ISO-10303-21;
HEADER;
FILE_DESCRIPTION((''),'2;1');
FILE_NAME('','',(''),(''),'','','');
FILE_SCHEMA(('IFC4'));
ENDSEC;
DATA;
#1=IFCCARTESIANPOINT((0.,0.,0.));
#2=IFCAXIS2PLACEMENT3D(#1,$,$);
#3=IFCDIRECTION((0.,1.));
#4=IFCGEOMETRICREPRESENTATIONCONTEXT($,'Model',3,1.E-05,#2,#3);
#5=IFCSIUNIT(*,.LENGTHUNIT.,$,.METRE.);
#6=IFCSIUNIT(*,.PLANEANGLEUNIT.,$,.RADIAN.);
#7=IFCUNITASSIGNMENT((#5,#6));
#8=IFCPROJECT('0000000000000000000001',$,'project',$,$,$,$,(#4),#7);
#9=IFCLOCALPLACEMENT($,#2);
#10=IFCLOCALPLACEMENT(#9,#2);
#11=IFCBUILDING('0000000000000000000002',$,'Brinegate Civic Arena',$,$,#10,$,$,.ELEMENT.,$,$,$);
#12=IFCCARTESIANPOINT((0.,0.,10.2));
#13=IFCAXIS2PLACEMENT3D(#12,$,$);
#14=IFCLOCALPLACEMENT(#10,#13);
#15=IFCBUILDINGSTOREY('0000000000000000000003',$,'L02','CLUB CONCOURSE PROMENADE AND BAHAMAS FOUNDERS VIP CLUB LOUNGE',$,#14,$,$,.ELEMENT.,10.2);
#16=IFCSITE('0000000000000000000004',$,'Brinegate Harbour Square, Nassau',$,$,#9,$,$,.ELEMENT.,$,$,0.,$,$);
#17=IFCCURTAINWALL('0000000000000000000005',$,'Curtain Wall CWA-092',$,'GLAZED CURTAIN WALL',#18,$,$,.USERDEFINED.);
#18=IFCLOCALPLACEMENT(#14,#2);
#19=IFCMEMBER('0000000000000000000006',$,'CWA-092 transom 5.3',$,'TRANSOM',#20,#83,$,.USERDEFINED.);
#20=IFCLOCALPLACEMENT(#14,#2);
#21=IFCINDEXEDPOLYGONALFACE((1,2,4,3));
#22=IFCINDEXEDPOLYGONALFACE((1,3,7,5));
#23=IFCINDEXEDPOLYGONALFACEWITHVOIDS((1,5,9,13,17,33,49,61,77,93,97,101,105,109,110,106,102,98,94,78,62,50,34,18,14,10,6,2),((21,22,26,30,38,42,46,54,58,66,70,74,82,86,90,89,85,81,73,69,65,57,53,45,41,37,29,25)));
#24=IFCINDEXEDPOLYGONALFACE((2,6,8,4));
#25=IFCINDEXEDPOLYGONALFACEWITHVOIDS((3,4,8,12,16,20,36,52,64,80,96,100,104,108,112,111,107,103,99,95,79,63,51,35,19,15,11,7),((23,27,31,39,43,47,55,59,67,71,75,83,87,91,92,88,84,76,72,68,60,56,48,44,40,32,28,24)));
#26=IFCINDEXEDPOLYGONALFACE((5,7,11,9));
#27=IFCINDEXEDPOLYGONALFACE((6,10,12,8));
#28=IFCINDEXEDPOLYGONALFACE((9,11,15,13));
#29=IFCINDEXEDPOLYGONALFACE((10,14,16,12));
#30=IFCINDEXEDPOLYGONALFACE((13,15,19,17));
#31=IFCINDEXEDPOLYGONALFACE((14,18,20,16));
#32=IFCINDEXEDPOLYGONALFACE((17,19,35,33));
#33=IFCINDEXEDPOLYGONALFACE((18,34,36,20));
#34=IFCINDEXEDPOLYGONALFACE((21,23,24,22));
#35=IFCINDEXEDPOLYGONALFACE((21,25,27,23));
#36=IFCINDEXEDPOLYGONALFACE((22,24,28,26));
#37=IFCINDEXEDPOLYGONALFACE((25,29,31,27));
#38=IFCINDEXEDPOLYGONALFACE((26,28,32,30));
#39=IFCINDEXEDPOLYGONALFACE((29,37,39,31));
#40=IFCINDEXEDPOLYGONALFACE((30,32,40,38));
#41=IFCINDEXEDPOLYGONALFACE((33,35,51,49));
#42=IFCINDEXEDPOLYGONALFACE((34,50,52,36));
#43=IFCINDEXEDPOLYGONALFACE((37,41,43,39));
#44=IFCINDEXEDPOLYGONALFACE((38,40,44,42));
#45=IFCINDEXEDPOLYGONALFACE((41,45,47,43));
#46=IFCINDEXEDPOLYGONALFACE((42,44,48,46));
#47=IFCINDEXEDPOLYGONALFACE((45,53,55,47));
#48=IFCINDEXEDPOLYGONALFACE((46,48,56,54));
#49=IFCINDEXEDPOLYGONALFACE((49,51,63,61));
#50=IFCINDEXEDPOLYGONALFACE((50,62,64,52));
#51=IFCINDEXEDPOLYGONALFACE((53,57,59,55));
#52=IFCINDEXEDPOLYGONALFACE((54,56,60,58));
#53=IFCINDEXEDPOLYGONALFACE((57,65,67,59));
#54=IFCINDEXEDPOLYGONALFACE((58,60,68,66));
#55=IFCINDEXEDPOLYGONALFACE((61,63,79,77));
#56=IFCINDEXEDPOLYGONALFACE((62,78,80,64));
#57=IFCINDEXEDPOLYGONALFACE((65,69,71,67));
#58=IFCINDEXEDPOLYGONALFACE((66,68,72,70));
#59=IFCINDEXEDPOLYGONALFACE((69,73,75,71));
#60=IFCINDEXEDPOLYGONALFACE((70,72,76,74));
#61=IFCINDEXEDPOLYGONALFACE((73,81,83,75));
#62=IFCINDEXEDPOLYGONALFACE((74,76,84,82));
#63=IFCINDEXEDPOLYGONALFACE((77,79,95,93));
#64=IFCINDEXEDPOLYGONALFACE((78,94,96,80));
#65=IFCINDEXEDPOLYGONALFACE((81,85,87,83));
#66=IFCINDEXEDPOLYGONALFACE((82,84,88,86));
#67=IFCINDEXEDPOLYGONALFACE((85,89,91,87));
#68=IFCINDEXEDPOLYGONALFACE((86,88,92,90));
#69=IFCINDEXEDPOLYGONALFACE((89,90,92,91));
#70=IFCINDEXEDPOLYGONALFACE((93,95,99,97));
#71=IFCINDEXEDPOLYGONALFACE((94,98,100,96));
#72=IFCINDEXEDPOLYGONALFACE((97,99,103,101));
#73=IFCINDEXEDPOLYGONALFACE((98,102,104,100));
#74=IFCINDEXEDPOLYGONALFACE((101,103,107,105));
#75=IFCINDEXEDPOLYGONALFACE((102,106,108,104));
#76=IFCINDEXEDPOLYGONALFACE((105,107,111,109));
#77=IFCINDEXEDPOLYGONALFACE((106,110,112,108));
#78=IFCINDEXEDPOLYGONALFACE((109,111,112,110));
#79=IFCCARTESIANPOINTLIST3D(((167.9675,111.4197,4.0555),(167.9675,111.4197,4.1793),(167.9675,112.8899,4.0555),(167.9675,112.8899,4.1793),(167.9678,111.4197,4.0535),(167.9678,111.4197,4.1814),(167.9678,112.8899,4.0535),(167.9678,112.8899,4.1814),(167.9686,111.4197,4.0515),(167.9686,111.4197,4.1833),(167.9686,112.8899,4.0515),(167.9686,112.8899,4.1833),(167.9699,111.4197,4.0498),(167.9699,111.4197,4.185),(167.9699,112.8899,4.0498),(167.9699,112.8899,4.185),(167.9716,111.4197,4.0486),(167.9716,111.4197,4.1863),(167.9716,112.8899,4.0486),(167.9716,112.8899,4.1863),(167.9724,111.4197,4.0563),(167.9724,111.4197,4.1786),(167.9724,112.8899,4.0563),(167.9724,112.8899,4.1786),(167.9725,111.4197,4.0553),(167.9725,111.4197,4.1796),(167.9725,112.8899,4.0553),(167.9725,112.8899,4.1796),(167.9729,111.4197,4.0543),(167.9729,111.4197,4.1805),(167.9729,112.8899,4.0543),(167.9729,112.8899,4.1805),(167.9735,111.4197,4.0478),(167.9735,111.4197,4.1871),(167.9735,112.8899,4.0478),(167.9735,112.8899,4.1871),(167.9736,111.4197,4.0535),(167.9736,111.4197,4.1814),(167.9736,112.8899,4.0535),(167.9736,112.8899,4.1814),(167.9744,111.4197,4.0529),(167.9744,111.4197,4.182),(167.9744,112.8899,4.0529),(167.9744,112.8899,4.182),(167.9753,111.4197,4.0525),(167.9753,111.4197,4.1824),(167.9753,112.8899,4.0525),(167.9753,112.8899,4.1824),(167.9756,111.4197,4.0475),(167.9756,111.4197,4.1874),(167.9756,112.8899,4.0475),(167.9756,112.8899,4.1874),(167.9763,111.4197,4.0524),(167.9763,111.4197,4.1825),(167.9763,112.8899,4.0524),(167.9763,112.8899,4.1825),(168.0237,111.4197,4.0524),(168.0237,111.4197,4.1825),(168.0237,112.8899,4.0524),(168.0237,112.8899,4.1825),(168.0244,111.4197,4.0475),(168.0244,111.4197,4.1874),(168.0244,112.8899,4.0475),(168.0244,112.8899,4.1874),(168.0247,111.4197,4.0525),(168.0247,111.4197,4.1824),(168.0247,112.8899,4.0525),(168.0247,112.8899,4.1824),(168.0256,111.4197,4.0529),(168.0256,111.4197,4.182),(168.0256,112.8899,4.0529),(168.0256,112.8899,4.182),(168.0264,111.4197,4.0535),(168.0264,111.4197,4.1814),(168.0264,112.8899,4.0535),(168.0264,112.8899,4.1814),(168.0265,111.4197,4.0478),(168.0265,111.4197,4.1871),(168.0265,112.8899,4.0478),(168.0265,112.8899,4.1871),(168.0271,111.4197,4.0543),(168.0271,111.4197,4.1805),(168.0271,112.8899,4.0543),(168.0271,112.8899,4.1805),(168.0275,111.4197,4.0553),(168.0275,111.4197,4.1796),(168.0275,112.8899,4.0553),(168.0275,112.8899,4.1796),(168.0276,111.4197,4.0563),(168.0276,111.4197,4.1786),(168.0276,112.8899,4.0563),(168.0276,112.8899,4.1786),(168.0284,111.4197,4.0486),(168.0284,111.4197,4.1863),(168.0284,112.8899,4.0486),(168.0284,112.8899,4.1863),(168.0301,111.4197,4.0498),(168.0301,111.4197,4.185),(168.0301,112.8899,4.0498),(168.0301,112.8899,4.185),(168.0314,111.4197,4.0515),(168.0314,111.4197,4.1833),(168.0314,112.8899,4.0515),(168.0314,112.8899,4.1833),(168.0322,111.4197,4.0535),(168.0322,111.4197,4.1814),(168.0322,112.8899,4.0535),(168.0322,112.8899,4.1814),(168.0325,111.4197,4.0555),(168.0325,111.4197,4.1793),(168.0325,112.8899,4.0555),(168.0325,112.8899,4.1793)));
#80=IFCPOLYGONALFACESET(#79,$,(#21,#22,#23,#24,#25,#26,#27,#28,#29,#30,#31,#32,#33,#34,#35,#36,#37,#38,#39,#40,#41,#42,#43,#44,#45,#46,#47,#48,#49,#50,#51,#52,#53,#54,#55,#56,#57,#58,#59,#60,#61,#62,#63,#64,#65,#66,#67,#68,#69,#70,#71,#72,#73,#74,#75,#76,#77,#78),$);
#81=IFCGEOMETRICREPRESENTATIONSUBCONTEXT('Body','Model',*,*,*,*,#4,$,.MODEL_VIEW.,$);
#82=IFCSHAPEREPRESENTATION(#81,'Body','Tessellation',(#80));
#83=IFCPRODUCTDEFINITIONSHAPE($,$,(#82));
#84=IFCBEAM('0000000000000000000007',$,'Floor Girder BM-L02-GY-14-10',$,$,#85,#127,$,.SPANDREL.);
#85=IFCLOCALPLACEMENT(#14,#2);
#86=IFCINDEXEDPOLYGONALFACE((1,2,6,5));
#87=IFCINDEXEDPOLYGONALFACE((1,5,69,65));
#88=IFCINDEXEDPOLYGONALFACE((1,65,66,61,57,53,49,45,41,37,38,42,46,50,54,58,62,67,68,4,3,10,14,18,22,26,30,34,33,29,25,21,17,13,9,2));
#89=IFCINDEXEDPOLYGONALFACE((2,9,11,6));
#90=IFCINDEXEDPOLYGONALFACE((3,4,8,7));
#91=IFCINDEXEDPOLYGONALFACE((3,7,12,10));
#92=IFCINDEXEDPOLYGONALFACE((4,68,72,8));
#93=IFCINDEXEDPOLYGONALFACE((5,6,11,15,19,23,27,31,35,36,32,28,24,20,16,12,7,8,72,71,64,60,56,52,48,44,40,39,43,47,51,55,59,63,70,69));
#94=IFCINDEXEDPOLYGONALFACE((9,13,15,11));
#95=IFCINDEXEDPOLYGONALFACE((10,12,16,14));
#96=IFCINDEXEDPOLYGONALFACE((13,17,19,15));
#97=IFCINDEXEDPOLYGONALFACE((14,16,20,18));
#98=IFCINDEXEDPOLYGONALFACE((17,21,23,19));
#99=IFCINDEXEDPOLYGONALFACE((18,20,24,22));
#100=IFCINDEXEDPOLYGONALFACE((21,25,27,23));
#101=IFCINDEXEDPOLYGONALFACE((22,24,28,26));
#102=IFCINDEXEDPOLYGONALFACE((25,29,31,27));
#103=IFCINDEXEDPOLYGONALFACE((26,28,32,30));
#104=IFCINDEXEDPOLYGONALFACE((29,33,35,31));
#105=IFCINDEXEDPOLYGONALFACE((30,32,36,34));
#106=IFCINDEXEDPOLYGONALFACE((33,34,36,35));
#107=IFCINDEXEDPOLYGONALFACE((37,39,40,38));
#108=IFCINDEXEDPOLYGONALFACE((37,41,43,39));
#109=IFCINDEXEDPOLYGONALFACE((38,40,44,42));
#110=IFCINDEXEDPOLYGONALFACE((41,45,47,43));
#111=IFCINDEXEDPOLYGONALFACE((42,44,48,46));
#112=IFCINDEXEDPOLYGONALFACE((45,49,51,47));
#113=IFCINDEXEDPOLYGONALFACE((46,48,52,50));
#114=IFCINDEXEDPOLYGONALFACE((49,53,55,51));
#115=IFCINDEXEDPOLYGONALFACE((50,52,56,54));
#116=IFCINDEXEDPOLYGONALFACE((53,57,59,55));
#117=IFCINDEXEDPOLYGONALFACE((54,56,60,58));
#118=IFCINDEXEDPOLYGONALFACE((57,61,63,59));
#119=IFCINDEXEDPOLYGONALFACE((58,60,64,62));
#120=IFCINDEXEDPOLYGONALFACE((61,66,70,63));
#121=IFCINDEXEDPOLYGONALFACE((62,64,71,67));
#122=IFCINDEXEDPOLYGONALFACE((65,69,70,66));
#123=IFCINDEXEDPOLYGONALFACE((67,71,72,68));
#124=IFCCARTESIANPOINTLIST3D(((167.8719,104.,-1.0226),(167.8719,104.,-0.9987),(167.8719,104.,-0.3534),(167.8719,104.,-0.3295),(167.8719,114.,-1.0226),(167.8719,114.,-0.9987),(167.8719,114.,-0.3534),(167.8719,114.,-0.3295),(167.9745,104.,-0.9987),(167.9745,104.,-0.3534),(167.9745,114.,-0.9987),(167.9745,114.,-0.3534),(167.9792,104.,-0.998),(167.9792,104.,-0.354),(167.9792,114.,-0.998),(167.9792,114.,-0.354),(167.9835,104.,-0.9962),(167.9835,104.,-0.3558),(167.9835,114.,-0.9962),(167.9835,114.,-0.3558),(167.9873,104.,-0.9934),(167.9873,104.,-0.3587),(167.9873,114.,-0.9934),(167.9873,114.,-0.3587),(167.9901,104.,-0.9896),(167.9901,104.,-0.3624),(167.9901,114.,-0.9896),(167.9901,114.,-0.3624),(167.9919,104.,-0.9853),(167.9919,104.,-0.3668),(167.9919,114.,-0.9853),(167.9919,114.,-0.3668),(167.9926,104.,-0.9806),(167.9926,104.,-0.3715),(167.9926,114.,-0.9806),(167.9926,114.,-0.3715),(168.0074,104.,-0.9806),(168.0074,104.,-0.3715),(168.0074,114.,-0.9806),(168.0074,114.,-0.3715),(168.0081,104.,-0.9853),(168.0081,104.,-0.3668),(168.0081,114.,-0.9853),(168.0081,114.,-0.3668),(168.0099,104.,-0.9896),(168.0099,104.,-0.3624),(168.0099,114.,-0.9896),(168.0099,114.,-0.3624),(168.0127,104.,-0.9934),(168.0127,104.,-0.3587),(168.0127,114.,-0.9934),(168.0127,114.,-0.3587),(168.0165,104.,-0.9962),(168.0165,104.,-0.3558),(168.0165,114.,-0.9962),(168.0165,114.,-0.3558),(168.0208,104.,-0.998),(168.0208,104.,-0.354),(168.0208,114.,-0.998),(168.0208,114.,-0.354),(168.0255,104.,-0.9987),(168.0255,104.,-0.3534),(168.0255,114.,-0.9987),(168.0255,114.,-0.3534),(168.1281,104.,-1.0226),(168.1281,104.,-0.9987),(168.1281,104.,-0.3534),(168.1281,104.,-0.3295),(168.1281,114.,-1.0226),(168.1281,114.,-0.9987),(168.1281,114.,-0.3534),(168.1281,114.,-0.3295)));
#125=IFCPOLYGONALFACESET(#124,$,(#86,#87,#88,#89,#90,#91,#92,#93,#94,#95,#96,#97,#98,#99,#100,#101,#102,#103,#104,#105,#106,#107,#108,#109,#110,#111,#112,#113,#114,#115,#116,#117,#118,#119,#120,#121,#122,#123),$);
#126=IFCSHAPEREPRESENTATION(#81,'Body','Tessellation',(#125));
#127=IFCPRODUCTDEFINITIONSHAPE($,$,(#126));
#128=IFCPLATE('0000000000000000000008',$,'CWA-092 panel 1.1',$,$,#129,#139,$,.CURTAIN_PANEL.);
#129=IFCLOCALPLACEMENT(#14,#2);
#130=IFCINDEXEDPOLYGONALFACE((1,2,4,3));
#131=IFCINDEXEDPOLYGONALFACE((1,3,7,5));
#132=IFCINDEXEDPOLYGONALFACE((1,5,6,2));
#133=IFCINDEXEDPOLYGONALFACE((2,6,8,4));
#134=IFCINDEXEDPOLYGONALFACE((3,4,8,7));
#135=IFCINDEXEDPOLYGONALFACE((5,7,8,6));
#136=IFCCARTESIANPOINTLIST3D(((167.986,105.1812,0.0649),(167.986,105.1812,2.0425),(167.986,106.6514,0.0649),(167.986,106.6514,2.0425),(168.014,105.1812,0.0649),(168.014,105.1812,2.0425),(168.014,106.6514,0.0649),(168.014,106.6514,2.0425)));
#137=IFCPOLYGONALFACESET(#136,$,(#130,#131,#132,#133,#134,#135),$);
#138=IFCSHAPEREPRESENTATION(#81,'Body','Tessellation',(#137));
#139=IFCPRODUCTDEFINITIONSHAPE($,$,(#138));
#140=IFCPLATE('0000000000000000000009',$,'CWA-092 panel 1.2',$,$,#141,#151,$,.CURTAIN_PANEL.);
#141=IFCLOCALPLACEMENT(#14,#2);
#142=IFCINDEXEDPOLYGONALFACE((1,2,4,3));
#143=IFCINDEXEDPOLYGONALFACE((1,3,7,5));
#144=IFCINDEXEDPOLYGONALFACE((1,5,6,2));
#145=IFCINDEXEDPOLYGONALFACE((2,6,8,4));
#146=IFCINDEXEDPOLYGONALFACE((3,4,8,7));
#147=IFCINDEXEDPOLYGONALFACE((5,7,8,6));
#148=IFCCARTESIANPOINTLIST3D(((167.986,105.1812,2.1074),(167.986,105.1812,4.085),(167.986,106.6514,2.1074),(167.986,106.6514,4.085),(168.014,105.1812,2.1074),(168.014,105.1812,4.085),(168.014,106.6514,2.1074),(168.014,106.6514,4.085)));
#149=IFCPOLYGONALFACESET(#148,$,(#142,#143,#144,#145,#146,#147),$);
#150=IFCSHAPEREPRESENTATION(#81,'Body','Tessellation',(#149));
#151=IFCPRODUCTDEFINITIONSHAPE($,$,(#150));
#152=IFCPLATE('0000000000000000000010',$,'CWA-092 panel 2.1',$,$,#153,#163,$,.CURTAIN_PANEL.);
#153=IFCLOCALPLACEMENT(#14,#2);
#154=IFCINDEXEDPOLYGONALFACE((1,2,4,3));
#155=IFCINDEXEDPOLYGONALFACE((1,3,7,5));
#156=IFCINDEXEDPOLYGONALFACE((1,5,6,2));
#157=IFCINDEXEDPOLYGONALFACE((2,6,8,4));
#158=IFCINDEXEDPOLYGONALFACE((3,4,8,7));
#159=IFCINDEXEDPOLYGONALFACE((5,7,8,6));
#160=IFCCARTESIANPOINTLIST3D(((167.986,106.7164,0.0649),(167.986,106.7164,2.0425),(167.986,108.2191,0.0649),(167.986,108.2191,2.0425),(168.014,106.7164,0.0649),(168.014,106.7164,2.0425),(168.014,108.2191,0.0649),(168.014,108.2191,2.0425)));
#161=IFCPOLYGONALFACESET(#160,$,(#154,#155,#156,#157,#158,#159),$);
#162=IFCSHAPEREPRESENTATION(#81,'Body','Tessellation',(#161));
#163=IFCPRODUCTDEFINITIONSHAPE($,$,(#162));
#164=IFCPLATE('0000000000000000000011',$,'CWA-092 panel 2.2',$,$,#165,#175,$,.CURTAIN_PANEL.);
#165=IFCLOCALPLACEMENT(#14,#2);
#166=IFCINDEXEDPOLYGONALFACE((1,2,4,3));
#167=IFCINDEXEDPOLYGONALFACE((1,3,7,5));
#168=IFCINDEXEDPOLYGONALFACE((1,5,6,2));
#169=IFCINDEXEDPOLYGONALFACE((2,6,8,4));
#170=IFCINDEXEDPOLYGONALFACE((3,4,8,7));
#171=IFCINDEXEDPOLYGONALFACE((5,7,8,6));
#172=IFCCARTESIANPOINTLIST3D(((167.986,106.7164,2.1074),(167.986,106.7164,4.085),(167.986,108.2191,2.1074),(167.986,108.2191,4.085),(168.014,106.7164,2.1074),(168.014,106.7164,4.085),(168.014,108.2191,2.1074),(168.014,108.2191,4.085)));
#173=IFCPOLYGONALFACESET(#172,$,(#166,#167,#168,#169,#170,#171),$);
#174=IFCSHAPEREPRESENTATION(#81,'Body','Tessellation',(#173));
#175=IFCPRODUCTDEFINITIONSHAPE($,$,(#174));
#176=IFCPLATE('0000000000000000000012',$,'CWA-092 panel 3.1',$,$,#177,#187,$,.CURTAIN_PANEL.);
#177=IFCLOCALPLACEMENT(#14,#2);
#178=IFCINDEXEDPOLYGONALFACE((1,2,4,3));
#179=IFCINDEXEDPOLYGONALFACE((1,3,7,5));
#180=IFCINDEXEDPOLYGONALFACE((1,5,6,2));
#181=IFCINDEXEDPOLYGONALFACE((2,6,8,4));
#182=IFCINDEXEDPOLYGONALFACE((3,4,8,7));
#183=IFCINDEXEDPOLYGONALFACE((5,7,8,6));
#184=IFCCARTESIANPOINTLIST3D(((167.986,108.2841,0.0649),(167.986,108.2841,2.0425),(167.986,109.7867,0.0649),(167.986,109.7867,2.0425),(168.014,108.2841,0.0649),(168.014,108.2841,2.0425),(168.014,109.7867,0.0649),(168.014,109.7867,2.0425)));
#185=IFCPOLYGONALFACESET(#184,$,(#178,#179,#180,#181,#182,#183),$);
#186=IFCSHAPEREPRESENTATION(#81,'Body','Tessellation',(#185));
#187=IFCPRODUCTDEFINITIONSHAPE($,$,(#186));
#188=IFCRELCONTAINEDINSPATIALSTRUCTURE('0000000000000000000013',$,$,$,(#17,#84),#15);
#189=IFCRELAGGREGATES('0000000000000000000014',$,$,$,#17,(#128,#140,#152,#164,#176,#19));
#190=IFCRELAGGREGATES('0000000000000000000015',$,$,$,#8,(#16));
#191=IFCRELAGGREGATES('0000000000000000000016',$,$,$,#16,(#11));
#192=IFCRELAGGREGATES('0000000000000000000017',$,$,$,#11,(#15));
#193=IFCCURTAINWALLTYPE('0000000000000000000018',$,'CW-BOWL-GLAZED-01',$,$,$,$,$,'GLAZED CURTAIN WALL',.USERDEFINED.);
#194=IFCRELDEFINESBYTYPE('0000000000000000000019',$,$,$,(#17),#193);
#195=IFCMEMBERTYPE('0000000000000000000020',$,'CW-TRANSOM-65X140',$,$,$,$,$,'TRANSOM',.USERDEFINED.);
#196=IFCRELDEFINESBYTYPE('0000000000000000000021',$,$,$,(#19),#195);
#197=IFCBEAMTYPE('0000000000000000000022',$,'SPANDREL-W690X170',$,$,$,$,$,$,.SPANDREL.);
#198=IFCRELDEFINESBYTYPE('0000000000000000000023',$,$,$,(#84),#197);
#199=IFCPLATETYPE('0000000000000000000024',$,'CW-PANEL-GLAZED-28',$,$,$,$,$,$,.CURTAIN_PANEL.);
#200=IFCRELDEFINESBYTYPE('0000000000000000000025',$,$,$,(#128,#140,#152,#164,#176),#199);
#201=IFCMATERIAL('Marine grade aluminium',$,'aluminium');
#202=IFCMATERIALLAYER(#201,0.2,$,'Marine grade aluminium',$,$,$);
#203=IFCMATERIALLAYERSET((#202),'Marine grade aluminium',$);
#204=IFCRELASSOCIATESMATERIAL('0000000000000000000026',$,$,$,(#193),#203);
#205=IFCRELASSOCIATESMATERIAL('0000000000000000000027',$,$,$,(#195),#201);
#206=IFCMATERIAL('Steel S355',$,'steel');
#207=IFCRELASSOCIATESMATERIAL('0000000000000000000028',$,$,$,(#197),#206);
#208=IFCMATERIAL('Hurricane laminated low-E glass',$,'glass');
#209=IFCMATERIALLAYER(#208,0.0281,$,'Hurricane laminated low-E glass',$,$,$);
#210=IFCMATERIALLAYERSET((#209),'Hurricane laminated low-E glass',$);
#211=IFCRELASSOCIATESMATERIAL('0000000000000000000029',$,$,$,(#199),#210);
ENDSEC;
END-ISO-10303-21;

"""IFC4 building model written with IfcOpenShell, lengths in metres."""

from ifc_helpers import new_model, si_unit, direction, frame, origin, origin_2d, place, context, subcontext, project, spatial, rectangle, hollow_rectangle, i_section, extrude, material, layer, layer_set, material_profile, profile_set, type_object, element, aggregate, save


model = new_model("IFC4")

# Units and contexts
model_context = context("Model", 3, precision=1e-05, world=origin(), true_north=direction((0.0, 1.0)))
body_context = subcontext(model_context, "Body", "Model", "MODEL_VIEW")
ifc_project = project(units=[si_unit("LENGTHUNIT", "METRE"), si_unit("PLANEANGLEUNIT", "RADIAN")], contexts=[model_context])

# Site, building, storey
site_placement = place(None, origin())
site = spatial("IfcSite", under=ifc_project, at=site_placement, Name="Brinegate Harbour Square, Nassau", CompositionType="ELEMENT", RefElevation=0.0)
building_placement = place(site_placement, origin())
building = spatial("IfcBuilding", under=site, at=building_placement, Name="Brinegate Civic Arena", CompositionType="ELEMENT")
storey_placement = place(building_placement, frame((0.0, 0.0, 10.2)))
storey = spatial("IfcBuildingStorey", under=building, at=storey_placement, Name="L02", Description="CLUB CONCOURSE PROMENADE AND BAHAMAS FOUNDERS VIP CLUB LOUNGE", CompositionType="ELEMENT", Elevation=10.2)

# Curtain wall
ifc_material_1 = material(Name="Marine grade aluminium", Category="aluminium")
ifc_layer_1 = layer(ifc_material_1, 0.2, Name="Marine grade aluminium")
ifc_layer_set_1 = layer_set([ifc_layer_1], Name="Marine grade aluminium")
curtain_wall_type = type_object("IfcCurtainWallType", Name="CW-BOWL-GLAZED-01", ElementType="GLAZED CURTAIN WALL", PredefinedType="USERDEFINED", material=ifc_layer_set_1)
curtain_wall_1_placement = place(storey_placement, origin())
curtain_wall_1 = element("IfcCurtainWall", 1, at=curtain_wall_1_placement, inside=storey, type_object=curtain_wall_type, Name="Curtain Wall CWA-092", ObjectType="GLAZED CURTAIN WALL", PredefinedType="USERDEFINED")

# Member
ifc_material_profile_1 = material_profile(ifc_material_1, hollow_rectangle(XDim=0.0649, YDim=0.1399, WallThickness=0.0049, InnerFilletRadius=0.0039, OuterFilletRadius=0.0081, at=origin_2d()), Name="TRN65X140")
ifc_profile_set_1 = profile_set([ifc_material_profile_1], Name="Marine grade aluminium")
member_type_1 = type_object("IfcMemberType", Name="CW-TRANSOM-65X140", ElementType="TRANSOM", PredefinedType="USERDEFINED", material=ifc_profile_set_1)
member_1_placement = place(storey_placement, frame((168.0, 111.4197, 4.1174), z_axis=(0.0, 1.0, 0.0), x_axis=(-1.0, 0.0, 0.0)))
member_1 = element("IfcMember", 2, at=member_1_placement, type_object=member_type_1, Name="CWA-092 transom 5.3", ObjectType="TRANSOM", PredefinedType="USERDEFINED", context=body_context, shape_type="SweptSolid", body=[
    extrude(hollow_rectangle(XDim=0.0649, YDim=0.1399, WallThickness=0.0049, InnerFilletRadius=0.0039, OuterFilletRadius=0.0081, at=origin_2d()), origin(), (0.0, 0.0, 1.0), 1.4702),
])

# Beam
ifc_material_2 = material(Name="Steel S355", Category="steel")
ifc_material_profile_2 = material_profile(ifc_material_2, i_section(OverallWidth=0.2561, OverallDepth=0.6931, WebThickness=0.0149, FlangeThickness=0.0239, FilletRadius=0.0181, at=origin_2d()), Name="W690X170")
ifc_profile_set_2 = profile_set([ifc_material_profile_2], Name="Steel S355")
beam_type = type_object("IfcBeamType", Name="SPANDREL-W690X170", PredefinedType="SPANDREL", material=ifc_profile_set_2)
beam_placement = place(storey_placement, frame((168.0, 104.0, -0.676), z_axis=(0.0, 1.0, 0.0), x_axis=(-1.0, 0.0, 0.0)))
element("IfcBeam", 3, at=beam_placement, inside=storey, type_object=beam_type, Name="Floor Girder BM-L02-GY-14-10", PredefinedType="SPANDREL", context=body_context, shape_type="SweptSolid", body=[
    extrude(i_section(OverallWidth=0.2561, OverallDepth=0.6931, WebThickness=0.0149, FlangeThickness=0.0239, FilletRadius=0.0181, at=origin_2d()), origin(), (0.0, 0.0, 1.0), 10.0),
])

# Plates
ifc_material_3 = material(Name="Hurricane laminated low-E glass", Category="glass")
ifc_layer_2 = layer(ifc_material_3, 0.0281, Name="Hurricane laminated low-E glass")
ifc_layer_set_2 = layer_set([ifc_layer_2], Name="Hurricane laminated low-E glass")
plate_type_1 = type_object("IfcPlateType", Name="CW-PANEL-GLAZED-28", PredefinedType="CURTAIN_PANEL", material=ifc_layer_set_2)
plate_1_placement = place(storey_placement, frame((168.0, 105.9163, 0.0649), z_axis=(0.0, 0.0, 1.0), x_axis=(0.0, 1.0, 0.0)))
plate_1 = element("IfcPlate", 4, at=plate_1_placement, type_object=plate_type_1, Name="CWA-092 panel 1.1", PredefinedType="CURTAIN_PANEL", context=body_context, shape_type="SweptSolid", body=[
    extrude(rectangle(XDim=1.4702, YDim=0.0281, at=origin_2d()), origin(), (0.0, 0.0, 1.0), 1.9775),
])
plate_2_placement = place(storey_placement, frame((168.0, 105.9163, 2.1074), z_axis=(0.0, 0.0, 1.0), x_axis=(0.0, 1.0, 0.0)))
plate_2 = element("IfcPlate", 5, at=plate_2_placement, type_object=plate_type_1, Name="CWA-092 panel 1.2", PredefinedType="CURTAIN_PANEL", context=body_context, shape_type="SweptSolid", body=[
    extrude(rectangle(XDim=1.4702, YDim=0.0281, at=origin_2d()), origin(), (0.0, 0.0, 1.0), 1.9775),
])
plate_3_placement = place(storey_placement, frame((168.0, 107.4678, 0.0649), z_axis=(0.0, 0.0, 1.0), x_axis=(0.0, 1.0, 0.0)))
plate_3 = element("IfcPlate", 6, at=plate_3_placement, type_object=plate_type_1, Name="CWA-092 panel 2.1", PredefinedType="CURTAIN_PANEL", context=body_context, shape_type="SweptSolid", body=[
    extrude(rectangle(XDim=1.5027, YDim=0.0281, at=origin_2d()), origin(), (0.0, 0.0, 1.0), 1.9775),
])
plate_4_placement = place(storey_placement, frame((168.0, 107.4678, 2.1074), z_axis=(0.0, 0.0, 1.0), x_axis=(0.0, 1.0, 0.0)))
plate_4 = element("IfcPlate", 7, at=plate_4_placement, type_object=plate_type_1, Name="CWA-092 panel 2.2", PredefinedType="CURTAIN_PANEL", context=body_context, shape_type="SweptSolid", body=[
    extrude(rectangle(XDim=1.5027, YDim=0.0281, at=origin_2d()), origin(), (0.0, 0.0, 1.0), 1.9775),
])
plate_5_placement = place(storey_placement, frame((168.0, 109.0354, 0.0649), z_axis=(0.0, 0.0, 1.0), x_axis=(0.0, 1.0, 0.0)))
plate_5 = element("IfcPlate", 8, at=plate_5_placement, type_object=plate_type_1, Name="CWA-092 panel 3.1", PredefinedType="CURTAIN_PANEL", context=body_context, shape_type="SweptSolid", body=[
    extrude(rectangle(XDim=1.5027, YDim=0.0281, at=origin_2d()), origin(), (0.0, 0.0, 1.0), 1.9775),
])
aggregate(curtain_wall_1, [plate_1, plate_2, plate_3, plate_4, plate_5, member_1])

save(model, "model.ifc")
